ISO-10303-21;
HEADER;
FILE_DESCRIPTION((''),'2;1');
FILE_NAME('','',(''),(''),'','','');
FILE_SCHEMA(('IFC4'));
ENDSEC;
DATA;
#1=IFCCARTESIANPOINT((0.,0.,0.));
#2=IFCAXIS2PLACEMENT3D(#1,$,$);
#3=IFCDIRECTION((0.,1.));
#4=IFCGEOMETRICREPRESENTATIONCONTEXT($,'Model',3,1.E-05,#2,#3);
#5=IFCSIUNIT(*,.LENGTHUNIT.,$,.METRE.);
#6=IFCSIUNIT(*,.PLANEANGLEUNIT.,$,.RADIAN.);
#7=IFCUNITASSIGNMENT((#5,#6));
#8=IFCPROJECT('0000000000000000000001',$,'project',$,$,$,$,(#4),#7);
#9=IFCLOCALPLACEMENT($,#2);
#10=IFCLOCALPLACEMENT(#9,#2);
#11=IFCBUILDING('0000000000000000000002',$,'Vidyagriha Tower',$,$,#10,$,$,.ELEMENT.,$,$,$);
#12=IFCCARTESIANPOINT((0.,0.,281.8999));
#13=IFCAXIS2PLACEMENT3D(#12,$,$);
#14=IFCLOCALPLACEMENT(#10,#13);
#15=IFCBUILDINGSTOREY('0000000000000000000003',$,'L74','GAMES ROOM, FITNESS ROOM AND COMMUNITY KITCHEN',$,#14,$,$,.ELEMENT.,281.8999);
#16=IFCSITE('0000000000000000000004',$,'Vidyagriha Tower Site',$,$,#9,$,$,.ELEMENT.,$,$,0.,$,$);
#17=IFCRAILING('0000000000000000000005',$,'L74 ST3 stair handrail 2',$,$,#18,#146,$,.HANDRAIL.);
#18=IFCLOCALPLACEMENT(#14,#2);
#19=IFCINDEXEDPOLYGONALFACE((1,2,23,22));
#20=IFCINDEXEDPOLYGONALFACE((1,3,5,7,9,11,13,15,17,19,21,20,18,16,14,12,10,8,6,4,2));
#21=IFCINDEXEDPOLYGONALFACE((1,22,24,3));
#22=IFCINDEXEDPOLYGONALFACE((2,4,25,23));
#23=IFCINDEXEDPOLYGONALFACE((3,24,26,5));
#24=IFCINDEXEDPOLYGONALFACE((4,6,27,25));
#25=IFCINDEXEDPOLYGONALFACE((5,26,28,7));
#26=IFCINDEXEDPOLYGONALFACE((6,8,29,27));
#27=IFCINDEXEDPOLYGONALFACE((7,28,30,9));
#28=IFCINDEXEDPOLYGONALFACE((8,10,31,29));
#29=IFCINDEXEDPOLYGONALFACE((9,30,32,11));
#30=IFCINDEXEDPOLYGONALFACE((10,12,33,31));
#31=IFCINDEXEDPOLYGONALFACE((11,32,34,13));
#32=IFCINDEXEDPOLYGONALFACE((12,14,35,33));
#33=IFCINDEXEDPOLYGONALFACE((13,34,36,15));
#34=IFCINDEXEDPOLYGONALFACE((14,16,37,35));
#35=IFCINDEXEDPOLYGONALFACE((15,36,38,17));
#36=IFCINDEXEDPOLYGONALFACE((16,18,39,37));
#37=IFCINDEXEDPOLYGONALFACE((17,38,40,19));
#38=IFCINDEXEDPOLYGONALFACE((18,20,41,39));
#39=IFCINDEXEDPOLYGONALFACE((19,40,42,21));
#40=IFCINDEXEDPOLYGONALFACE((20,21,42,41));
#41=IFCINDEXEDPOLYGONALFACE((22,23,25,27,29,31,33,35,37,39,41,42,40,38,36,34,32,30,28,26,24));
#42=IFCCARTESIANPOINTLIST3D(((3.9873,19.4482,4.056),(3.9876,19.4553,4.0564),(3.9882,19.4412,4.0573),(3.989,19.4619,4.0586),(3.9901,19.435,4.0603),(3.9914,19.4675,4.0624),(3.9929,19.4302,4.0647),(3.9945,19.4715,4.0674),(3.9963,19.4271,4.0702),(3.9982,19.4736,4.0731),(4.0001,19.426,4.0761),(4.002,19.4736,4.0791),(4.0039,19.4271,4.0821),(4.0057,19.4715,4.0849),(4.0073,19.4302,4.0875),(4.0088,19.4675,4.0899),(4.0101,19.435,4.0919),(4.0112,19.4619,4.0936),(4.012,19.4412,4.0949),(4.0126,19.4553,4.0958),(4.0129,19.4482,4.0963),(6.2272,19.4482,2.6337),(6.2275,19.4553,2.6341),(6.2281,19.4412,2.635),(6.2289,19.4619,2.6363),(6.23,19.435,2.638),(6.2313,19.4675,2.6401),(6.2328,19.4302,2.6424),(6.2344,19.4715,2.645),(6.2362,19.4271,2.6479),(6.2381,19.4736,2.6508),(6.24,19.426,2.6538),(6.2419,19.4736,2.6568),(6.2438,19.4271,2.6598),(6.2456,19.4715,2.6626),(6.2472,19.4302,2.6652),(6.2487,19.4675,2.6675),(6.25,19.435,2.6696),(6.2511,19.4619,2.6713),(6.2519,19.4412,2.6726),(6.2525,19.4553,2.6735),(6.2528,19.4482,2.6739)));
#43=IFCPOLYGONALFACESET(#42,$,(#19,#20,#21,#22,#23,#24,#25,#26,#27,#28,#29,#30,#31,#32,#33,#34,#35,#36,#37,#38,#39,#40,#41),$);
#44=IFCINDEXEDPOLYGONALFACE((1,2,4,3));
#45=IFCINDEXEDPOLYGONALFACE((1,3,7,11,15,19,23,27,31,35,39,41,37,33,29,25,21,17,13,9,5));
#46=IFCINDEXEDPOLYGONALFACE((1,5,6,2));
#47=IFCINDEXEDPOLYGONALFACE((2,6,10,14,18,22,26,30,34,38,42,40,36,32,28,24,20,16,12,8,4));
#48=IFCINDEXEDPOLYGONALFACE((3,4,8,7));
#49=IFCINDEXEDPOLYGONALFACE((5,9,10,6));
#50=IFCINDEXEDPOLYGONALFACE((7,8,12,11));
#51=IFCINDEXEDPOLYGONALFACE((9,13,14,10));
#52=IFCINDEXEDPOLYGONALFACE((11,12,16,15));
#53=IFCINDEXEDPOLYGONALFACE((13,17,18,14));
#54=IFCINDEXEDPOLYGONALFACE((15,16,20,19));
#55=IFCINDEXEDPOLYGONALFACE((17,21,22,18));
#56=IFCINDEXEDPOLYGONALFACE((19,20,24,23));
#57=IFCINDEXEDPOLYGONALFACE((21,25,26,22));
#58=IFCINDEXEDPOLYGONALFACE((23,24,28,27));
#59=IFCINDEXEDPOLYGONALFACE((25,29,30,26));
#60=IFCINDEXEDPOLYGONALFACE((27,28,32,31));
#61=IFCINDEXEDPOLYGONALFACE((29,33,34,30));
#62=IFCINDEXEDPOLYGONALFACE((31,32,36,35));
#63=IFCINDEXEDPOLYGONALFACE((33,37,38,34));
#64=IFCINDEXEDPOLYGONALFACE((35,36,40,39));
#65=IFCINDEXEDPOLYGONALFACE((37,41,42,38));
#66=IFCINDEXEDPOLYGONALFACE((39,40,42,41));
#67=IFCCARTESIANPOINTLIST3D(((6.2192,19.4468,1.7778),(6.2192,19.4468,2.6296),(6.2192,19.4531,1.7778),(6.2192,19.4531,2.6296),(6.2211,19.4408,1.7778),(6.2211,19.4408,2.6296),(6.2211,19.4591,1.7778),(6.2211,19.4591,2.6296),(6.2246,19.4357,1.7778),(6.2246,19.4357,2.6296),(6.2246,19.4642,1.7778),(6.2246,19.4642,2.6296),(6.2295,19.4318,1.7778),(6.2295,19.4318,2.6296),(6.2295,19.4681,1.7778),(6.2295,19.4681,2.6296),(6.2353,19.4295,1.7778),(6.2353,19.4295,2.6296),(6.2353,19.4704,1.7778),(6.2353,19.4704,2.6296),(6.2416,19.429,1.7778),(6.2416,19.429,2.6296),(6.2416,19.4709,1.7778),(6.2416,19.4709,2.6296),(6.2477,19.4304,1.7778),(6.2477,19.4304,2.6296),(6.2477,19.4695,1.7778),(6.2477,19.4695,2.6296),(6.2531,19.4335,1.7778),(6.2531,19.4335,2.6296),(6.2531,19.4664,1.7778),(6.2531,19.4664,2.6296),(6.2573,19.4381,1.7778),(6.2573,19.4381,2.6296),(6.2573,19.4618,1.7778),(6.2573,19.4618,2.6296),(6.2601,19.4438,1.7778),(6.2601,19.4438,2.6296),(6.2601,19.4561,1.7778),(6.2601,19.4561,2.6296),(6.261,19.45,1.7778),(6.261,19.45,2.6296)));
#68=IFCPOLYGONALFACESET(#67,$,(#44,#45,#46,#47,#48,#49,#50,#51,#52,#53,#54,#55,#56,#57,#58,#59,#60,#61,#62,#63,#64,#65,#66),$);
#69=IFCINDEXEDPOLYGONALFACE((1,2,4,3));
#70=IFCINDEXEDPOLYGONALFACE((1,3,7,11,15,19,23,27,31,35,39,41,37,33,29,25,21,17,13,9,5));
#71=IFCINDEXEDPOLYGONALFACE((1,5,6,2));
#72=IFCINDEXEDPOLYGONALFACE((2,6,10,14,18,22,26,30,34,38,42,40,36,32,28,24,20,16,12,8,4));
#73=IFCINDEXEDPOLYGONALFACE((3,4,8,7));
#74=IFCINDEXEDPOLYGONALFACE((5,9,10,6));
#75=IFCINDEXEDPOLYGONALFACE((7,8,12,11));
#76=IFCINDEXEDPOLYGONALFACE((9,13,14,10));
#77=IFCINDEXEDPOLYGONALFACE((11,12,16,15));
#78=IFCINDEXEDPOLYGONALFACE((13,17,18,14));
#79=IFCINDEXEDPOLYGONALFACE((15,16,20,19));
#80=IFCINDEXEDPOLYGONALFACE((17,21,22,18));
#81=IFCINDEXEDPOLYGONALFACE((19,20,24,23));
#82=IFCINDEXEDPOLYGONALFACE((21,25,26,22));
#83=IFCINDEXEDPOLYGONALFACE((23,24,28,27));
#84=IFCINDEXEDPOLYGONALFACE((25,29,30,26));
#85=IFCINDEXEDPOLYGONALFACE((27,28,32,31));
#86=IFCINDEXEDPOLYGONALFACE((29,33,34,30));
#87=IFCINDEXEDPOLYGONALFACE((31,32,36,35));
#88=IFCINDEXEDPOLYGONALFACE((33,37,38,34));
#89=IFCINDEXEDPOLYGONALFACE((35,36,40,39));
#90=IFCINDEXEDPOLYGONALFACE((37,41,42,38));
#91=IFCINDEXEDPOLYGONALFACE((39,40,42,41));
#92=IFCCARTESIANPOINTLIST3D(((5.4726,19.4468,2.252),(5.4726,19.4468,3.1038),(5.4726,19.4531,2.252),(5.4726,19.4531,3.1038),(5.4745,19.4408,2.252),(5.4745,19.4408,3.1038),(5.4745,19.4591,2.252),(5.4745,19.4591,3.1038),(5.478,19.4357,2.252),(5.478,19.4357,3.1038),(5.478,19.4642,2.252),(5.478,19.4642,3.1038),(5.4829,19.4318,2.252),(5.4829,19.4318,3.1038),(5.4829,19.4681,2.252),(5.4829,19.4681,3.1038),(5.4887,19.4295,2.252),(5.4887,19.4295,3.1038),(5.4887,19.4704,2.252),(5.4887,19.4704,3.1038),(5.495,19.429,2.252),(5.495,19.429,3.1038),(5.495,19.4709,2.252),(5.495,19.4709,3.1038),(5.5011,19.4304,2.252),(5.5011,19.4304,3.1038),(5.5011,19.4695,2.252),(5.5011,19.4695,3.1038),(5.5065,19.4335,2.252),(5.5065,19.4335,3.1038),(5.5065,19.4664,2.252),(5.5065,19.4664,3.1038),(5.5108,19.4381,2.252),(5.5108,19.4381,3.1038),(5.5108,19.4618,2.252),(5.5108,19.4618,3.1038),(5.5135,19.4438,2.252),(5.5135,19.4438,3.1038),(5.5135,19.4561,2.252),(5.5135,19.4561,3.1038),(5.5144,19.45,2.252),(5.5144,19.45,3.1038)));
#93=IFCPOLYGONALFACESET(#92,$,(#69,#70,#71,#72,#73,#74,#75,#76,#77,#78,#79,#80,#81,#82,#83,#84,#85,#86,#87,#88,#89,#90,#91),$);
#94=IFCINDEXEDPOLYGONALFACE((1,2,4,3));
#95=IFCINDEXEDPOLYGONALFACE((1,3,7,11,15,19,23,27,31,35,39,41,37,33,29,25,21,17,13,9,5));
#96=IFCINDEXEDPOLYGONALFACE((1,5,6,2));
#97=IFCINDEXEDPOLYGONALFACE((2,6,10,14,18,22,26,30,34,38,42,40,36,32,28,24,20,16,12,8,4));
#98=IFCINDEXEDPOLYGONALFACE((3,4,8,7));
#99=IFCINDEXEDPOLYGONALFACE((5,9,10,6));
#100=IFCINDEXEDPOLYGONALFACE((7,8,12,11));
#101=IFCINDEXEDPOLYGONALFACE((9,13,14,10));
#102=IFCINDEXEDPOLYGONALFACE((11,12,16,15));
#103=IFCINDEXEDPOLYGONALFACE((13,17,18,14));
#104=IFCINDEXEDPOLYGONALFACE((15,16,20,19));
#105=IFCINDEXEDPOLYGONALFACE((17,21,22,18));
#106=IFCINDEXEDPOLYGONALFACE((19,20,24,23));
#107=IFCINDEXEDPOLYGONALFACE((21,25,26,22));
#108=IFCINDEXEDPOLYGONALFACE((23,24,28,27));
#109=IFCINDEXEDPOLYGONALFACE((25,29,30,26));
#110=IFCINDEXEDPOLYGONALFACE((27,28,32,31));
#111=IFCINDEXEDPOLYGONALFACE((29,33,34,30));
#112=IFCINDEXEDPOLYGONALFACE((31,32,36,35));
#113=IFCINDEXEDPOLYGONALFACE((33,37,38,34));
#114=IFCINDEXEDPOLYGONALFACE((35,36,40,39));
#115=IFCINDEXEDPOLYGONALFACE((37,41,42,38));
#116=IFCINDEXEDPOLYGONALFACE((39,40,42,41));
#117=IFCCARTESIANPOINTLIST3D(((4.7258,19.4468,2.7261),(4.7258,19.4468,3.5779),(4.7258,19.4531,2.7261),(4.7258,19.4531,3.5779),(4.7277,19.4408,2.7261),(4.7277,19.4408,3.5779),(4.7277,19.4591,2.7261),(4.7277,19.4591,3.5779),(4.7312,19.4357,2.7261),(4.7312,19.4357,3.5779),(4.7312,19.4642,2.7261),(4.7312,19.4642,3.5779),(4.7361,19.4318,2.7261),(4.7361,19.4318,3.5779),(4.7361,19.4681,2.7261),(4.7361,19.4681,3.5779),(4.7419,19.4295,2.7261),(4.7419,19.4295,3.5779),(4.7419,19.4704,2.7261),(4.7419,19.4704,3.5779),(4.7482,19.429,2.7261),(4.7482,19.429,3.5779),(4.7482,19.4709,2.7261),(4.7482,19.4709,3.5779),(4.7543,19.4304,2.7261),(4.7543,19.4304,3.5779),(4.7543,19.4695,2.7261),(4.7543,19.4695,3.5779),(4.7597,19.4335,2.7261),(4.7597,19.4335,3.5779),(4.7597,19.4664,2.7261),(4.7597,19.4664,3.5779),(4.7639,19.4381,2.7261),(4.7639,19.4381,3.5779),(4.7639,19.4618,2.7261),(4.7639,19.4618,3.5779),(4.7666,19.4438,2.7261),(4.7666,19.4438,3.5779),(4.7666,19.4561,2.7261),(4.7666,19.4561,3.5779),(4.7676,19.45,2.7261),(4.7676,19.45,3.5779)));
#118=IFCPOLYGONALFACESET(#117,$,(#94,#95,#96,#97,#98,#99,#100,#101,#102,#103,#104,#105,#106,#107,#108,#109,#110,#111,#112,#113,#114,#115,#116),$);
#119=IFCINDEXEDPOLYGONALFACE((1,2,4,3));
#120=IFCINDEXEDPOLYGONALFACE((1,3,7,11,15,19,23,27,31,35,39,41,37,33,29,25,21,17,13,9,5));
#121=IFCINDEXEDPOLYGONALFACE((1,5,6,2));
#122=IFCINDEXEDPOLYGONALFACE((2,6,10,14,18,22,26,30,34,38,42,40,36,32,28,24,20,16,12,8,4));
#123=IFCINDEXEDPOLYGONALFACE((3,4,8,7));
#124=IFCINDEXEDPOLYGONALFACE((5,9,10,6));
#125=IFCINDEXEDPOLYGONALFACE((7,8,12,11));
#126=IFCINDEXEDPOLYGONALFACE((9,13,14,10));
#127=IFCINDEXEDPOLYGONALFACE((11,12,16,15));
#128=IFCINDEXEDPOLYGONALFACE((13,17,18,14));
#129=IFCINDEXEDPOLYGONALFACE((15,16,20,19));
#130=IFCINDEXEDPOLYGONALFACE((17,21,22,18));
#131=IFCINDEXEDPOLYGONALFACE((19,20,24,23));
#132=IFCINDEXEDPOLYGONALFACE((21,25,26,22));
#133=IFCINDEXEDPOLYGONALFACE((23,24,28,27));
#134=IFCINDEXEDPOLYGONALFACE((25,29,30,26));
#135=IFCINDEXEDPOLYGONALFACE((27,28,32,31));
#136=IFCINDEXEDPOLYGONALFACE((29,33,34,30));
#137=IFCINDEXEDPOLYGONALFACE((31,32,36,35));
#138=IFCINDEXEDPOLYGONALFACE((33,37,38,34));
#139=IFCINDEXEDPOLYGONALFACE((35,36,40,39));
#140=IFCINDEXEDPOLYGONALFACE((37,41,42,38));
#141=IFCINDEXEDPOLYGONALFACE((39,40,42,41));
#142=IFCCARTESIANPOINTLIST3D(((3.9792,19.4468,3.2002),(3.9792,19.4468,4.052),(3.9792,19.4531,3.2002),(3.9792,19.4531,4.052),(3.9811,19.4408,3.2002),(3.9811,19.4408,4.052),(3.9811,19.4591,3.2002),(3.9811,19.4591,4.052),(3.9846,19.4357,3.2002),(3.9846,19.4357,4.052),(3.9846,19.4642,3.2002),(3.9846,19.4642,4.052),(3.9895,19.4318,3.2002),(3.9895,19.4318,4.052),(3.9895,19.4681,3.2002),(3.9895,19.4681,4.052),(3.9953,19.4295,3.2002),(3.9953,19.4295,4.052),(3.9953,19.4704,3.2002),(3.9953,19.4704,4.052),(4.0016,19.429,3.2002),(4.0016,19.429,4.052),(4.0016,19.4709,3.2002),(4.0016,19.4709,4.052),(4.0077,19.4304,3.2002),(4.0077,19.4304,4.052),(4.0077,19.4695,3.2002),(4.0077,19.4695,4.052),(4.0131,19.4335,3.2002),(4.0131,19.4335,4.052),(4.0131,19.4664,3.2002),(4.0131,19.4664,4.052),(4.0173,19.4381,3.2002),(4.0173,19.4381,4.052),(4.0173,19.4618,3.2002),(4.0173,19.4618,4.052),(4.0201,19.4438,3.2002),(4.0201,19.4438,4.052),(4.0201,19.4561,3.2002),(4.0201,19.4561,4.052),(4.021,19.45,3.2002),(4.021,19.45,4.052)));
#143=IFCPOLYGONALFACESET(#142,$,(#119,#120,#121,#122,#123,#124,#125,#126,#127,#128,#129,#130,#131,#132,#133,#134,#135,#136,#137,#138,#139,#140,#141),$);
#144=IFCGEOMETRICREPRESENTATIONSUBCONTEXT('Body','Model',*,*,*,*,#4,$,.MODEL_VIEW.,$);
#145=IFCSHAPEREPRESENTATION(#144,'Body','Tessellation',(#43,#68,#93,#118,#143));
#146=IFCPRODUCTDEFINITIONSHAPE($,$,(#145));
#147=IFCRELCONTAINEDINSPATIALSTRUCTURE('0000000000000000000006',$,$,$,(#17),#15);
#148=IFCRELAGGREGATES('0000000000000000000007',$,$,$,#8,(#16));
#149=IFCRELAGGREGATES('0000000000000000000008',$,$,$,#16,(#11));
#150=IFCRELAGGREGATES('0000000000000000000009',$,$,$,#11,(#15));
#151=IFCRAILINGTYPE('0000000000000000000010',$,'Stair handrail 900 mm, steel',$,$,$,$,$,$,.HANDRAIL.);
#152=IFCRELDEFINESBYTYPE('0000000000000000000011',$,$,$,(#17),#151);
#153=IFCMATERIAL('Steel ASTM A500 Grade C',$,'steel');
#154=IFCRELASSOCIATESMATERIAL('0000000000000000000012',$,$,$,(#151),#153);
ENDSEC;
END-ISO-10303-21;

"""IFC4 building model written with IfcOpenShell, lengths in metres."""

from ifc_helpers import new_model, si_unit, direction, frame, origin, origin_2d, place, context, subcontext, project, spatial, circle, extrude, material, type_object, element, save


model = new_model("IFC4")

# Units and contexts
model_context = context("Model", 3, precision=1e-05, world=origin(), true_north=direction((0.0, 1.0)))
body_context = subcontext(model_context, "Body", "Model", "MODEL_VIEW")
ifc_project = project(units=[si_unit("LENGTHUNIT", "METRE"), si_unit("PLANEANGLEUNIT", "RADIAN")], contexts=[model_context])

# Site, building, storey
site_placement = place(None, origin())
site = spatial("IfcSite", under=ifc_project, at=site_placement, Name="Vidyagriha Tower Site", CompositionType="ELEMENT", RefElevation=0.0)
building_placement = place(site_placement, origin())
building = spatial("IfcBuilding", under=site, at=building_placement, Name="Vidyagriha Tower", CompositionType="ELEMENT")
storey_placement = place(building_placement, frame((0.0, 0.0, 281.8999)))
storey = spatial("IfcBuildingStorey", under=building, at=storey_placement, Name="L74", Description="GAMES ROOM, FITNESS ROOM AND COMMUNITY KITCHEN", CompositionType="ELEMENT", Elevation=281.8999)

# Railing
ifc_material_1 = material(Name="Steel ASTM A500 Grade C", Category="steel")
railing_type_1 = type_object("IfcRailingType", Name="Stair handrail 900 mm, steel", PredefinedType="HANDRAIL", material=ifc_material_1)
for number, where, name in (
    (1, (6.24, 19.45, 1.7778), "L74 ST3 stair handrail 2"),
):
    element("IfcRailing", number, at=place(storey_placement, frame(where)), inside=storey, type_object=railing_type_1, Name=name, PredefinedType="HANDRAIL", context=body_context, shape_type="SweptSolid", body=[
        extrude(circle(Radius=0.0239, at=origin_2d()), frame((0.0, 0.0, 0.876), z_axis=(-0.844188, 0.0, 0.536048), x_axis=(0.0, -1.0, 0.0)), (0.0, 0.0, 1.0), 2.6533),
        extrude(circle(Radius=0.021, at=origin_2d()), origin(), (0.0, 0.0, 1.0), 0.8518),
        extrude(circle(Radius=0.021, at=origin_2d()), frame((-0.7466, 0.0, 0.4741)), (0.0, 0.0, 1.0), 0.8518),
        extrude(circle(Radius=0.021, at=origin_2d()), frame((-1.4934, 0.0, 0.9482)), (0.0, 0.0, 1.0), 0.8518),
        extrude(circle(Radius=0.021, at=origin_2d()), frame((-2.24, 0.0, 1.4224)), (0.0, 0.0, 1.0), 0.8518),
    ])

save(model, "model.ifc")
